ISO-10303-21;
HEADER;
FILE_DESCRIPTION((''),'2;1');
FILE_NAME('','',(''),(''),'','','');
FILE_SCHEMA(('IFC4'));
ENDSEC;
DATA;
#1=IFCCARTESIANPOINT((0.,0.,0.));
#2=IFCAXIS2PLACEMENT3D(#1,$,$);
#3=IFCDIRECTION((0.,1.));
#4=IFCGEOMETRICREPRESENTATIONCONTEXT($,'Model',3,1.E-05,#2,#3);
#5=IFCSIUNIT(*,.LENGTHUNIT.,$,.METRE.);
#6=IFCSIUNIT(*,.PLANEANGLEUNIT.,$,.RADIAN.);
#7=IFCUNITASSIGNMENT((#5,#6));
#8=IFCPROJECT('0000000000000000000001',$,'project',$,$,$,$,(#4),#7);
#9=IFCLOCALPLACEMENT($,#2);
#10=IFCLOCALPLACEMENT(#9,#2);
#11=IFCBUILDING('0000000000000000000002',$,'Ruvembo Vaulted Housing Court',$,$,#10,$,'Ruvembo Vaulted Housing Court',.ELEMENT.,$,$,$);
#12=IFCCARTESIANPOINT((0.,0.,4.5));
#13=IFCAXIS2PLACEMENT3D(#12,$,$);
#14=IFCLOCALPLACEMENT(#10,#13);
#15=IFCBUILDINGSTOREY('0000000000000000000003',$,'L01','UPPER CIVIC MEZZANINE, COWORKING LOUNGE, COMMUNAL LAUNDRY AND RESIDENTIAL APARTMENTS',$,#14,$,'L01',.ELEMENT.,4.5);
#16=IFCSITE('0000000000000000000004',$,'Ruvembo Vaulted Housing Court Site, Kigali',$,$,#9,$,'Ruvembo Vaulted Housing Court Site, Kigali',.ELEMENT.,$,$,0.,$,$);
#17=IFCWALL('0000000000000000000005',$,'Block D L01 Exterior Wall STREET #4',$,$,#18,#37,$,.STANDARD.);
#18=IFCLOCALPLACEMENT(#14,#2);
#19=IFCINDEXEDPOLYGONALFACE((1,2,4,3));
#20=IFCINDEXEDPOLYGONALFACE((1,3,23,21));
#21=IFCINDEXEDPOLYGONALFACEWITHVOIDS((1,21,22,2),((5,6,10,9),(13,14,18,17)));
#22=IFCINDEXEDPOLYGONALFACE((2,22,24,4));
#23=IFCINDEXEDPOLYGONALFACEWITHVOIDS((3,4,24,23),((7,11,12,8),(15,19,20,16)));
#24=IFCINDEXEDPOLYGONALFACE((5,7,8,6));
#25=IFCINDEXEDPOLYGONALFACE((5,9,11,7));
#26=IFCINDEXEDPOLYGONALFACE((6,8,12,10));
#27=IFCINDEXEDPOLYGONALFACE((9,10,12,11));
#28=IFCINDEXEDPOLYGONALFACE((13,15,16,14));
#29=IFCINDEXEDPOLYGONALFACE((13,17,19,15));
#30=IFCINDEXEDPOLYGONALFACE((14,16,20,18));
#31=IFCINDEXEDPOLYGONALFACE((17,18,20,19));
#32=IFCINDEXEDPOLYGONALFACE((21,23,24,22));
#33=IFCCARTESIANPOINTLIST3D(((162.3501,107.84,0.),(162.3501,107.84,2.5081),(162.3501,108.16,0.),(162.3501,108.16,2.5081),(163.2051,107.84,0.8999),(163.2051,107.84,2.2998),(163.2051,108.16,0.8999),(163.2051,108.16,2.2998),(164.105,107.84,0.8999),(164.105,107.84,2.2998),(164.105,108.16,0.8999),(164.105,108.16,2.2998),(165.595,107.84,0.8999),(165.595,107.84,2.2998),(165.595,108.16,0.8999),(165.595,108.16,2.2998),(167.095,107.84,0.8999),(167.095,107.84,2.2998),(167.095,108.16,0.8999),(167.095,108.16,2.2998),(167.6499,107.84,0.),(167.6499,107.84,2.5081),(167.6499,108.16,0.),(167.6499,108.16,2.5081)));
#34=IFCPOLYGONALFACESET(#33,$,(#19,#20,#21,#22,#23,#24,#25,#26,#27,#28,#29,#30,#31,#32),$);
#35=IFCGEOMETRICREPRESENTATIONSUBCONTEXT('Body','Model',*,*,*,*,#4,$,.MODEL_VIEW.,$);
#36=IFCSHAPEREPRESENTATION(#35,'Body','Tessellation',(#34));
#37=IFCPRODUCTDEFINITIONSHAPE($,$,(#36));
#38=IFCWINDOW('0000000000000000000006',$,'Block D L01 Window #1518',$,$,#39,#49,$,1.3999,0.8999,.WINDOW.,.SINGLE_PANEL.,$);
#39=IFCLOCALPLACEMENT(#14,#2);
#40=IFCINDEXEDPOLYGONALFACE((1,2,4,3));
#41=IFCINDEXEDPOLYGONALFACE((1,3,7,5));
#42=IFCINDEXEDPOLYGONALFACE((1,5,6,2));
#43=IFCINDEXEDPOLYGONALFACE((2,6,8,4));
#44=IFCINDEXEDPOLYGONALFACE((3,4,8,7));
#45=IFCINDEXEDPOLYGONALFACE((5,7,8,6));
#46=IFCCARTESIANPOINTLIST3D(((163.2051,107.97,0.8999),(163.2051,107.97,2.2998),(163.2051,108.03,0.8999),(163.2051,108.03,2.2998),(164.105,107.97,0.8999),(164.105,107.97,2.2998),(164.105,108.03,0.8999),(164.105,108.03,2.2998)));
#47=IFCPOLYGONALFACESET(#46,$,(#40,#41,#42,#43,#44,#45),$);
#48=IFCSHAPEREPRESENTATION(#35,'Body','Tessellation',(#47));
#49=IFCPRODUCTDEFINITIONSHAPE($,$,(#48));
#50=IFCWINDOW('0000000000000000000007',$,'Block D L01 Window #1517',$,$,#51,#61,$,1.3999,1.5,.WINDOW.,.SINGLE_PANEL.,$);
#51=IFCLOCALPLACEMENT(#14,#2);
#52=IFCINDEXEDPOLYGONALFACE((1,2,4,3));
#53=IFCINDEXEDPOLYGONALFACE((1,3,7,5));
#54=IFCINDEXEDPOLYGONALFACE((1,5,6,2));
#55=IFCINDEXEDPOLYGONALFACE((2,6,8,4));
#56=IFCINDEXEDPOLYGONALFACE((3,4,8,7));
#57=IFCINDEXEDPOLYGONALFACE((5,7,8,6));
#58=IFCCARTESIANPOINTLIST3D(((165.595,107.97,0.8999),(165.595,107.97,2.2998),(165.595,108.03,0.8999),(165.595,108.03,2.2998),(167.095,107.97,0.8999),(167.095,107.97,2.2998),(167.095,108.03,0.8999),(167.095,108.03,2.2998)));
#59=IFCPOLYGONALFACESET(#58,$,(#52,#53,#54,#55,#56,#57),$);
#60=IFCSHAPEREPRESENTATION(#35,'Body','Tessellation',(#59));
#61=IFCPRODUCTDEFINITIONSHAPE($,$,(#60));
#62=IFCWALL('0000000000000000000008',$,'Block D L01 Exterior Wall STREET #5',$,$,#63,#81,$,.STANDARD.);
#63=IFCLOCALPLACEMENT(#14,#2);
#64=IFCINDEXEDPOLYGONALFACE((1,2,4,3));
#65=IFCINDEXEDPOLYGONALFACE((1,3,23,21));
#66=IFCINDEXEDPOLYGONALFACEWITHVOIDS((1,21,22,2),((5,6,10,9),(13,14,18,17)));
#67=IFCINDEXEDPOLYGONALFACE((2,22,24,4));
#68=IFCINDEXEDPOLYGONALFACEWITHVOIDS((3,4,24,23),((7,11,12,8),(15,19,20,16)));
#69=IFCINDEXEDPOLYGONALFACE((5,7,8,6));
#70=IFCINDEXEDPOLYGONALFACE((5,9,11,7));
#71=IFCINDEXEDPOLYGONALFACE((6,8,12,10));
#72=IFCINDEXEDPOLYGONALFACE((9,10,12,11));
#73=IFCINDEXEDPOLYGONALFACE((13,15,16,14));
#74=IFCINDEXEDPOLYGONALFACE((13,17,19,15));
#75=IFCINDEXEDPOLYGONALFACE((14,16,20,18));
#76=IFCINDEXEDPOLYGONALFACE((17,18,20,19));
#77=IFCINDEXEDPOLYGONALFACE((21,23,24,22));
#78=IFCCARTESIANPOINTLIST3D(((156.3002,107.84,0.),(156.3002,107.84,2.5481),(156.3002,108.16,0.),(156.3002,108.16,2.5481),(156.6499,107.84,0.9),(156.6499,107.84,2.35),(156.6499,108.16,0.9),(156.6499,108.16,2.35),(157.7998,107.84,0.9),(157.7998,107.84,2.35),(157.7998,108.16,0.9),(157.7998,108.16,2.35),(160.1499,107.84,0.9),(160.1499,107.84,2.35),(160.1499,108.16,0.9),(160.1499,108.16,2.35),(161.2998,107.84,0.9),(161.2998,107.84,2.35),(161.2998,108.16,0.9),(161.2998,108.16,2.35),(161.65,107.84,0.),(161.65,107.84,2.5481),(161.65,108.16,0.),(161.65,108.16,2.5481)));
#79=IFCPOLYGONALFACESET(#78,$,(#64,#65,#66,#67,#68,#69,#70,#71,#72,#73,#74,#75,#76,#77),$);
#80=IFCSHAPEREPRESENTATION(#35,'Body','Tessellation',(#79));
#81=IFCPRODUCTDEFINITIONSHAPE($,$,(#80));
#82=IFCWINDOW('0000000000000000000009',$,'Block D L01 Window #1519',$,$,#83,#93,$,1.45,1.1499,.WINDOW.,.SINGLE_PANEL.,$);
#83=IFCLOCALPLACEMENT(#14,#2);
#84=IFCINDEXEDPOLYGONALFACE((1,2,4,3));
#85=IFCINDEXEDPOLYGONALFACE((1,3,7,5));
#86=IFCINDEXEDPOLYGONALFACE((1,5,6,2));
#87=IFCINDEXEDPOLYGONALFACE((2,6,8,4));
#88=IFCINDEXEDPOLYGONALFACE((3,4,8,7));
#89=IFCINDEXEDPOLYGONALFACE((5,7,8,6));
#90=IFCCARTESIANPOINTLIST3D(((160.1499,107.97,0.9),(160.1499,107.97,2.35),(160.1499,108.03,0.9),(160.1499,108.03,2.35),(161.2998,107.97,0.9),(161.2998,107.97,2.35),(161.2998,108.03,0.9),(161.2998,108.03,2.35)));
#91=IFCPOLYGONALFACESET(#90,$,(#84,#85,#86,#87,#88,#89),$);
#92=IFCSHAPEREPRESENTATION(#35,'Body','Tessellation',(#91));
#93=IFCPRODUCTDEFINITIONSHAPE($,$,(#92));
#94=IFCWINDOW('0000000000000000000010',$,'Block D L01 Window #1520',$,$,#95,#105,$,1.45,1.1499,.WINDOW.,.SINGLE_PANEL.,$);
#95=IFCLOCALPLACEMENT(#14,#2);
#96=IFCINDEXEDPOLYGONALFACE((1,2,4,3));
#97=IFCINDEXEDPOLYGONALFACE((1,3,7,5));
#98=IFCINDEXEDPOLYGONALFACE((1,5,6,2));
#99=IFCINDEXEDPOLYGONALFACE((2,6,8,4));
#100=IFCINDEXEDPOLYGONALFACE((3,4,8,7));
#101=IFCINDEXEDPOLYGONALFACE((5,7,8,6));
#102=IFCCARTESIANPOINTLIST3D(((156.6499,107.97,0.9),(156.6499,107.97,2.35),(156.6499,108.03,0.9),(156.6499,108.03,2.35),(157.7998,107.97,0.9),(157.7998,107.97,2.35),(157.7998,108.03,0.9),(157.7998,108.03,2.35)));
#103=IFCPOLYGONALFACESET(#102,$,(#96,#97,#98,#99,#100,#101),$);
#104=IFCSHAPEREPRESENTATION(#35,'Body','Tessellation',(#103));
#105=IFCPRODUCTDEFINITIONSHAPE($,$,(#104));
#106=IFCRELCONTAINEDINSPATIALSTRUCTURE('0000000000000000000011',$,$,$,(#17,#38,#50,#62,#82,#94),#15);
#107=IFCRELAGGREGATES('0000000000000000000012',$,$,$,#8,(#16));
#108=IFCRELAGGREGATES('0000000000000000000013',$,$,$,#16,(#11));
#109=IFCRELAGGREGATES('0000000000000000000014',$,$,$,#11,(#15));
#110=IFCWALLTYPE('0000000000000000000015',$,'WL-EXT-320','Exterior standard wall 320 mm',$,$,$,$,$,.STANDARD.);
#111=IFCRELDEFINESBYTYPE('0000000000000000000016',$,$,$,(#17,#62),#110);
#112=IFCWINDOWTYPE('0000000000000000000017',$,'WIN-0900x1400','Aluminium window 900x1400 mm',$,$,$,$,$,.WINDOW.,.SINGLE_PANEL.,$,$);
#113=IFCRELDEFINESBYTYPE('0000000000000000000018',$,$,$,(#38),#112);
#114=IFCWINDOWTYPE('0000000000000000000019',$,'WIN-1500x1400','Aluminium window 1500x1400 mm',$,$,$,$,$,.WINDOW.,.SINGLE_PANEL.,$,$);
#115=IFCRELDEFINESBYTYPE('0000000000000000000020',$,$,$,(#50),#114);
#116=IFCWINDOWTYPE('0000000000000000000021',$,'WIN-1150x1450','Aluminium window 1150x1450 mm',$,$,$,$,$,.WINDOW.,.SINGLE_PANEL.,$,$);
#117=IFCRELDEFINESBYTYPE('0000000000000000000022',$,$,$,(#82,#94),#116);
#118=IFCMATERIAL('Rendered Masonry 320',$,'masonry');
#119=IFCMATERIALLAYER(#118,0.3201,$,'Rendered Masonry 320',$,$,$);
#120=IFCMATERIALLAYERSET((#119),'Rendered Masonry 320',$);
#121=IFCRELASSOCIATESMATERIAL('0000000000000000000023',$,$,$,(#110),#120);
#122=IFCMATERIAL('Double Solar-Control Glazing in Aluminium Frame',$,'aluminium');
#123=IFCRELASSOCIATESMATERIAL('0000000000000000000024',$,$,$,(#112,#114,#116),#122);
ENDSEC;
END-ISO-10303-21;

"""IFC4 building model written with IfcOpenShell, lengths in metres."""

from ifc_helpers import new_model, si_unit, direction, frame, frame_2d, origin, place, context, subcontext, project, spatial, rectangle, extrude, material, layer, layer_set, type_object, element, fill, save


model = new_model("IFC4")

# Units and contexts
model_context = context("Model", 3, precision=1e-05, world=origin(), true_north=direction((0.0, 1.0)))
body_context = subcontext(model_context, "Body", "Model", "MODEL_VIEW")
ifc_project = project(units=[si_unit("LENGTHUNIT", "METRE"), si_unit("PLANEANGLEUNIT", "RADIAN")], contexts=[model_context])

# Site, building, storey
site_placement = place(None, origin())
site = spatial("IfcSite", under=ifc_project, at=site_placement, Name="Ruvembo Vaulted Housing Court Site, Kigali", LongName="Ruvembo Vaulted Housing Court Site, Kigali", CompositionType="ELEMENT", RefElevation=0.0)
building_placement = place(site_placement, origin())
building = spatial("IfcBuilding", under=site, at=building_placement, Name="Ruvembo Vaulted Housing Court", LongName="Ruvembo Vaulted Housing Court", CompositionType="ELEMENT")
storey_placement = place(building_placement, frame((0.0, 0.0, 4.5)))
storey = spatial("IfcBuildingStorey", under=building, at=storey_placement, Name="L01", Description="UPPER CIVIC MEZZANINE, COWORKING LOUNGE, COMMUNAL LAUNDRY AND RESIDENTIAL APARTMENTS", LongName="L01", CompositionType="ELEMENT", Elevation=4.5)

# Walls, openings, windows
ifc_material_1 = material(Name="Rendered Masonry 320", Category="masonry")
ifc_layer = layer(ifc_material_1, 0.3201, Name="Rendered Masonry 320")
ifc_layer_set = layer_set([ifc_layer], Name="Rendered Masonry 320")
wall_type = type_object("IfcWallType", Name="WL-EXT-320", Description="Exterior standard wall 320 mm", PredefinedType="STANDARD", material=ifc_layer_set)
wall_1_placement = place(storey_placement, frame((167.6499, 108.0, 0.0), z_axis=(0.0, 0.0, 1.0), x_axis=(-1.0, 0.0, 0.0)))
wall_1 = element("IfcWall", 1, at=wall_1_placement, inside=storey, type_object=wall_type, Name="Block D L01 Exterior Wall STREET #4", PredefinedType="STANDARD", context=body_context, shape_type="SweptSolid", body=[
    extrude(rectangle(XDim=5.2998, YDim=0.3201, at=frame_2d((2.6499, 0.0))), origin(), (0.0, 0.0, 1.0), 2.5081),
])
opening_1_placement = place(wall_1_placement, frame((0.5549, 0.0, 0.8999)))
opening_1 = element("IfcOpeningElement", 2, at=opening_1_placement, cuts=wall_1, PredefinedType="OPENING", context=body_context, shape_type="SweptSolid", body=[
    extrude(rectangle(XDim=1.5, YDim=1.3999, at=frame_2d((0.75, 0.7))), frame((0.0, 0.1699, 0.0), z_axis=(0.0, -1.0, 0.0), x_axis=(1.0, 0.0, 0.0)), (0.0, 0.0, 1.0), 0.3401),
])
opening_2_placement = place(wall_1_placement, frame((3.5449, 0.0, 0.8999)))
opening_2 = element("IfcOpeningElement", 3, at=opening_2_placement, cuts=wall_1, PredefinedType="OPENING", context=body_context, shape_type="SweptSolid", body=[
    extrude(rectangle(XDim=0.8999, YDim=1.3999, at=frame_2d((0.45, 0.7))), frame((0.0, 0.1699, 0.0), z_axis=(0.0, -1.0, 0.0), x_axis=(1.0, 0.0, 0.0)), (0.0, 0.0, 1.0), 0.3401),
])
ifc_material_2 = material(Name="Double Solar-Control Glazing in Aluminium Frame", Category="aluminium")
window_type_1 = type_object("IfcWindowType", Name="WIN-0900x1400", Description="Aluminium window 900x1400 mm", PartitioningType="SINGLE_PANEL", PredefinedType="WINDOW", material=ifc_material_2)
window_1_placement = place(opening_2_placement, origin())
window_1 = element("IfcWindow", 4, at=window_1_placement, inside=storey, type_object=window_type_1, Name="Block D L01 Window #1518", OverallHeight=1.3999, OverallWidth=0.8999, PartitioningType="SINGLE_PANEL", PredefinedType="WINDOW", context=body_context, shape_type="SweptSolid", body=[
    extrude(rectangle(XDim=0.8999, YDim=1.3999, at=frame_2d((0.45, 0.7))), frame((0.0, 0.03, 0.0), z_axis=(0.0, -1.0, 0.0), x_axis=(1.0, 0.0, 0.0)), (0.0, 0.0, 1.0), 0.0601),
])
fill(opening_2, window_1)
window_type_2 = type_object("IfcWindowType", Name="WIN-1500x1400", Description="Aluminium window 1500x1400 mm", PartitioningType="SINGLE_PANEL", PredefinedType="WINDOW", material=ifc_material_2)
window_2_placement = place(opening_1_placement, origin())
window_2 = element("IfcWindow", 5, at=window_2_placement, inside=storey, type_object=window_type_2, Name="Block D L01 Window #1517", OverallHeight=1.3999, OverallWidth=1.5, PartitioningType="SINGLE_PANEL", PredefinedType="WINDOW", context=body_context, shape_type="SweptSolid", body=[
    extrude(rectangle(XDim=1.5, YDim=1.3999, at=frame_2d((0.75, 0.7))), frame((0.0, 0.03, 0.0), z_axis=(0.0, -1.0, 0.0), x_axis=(1.0, 0.0, 0.0)), (0.0, 0.0, 1.0), 0.0601),
])
fill(opening_1, window_2)
wall_2_placement = place(storey_placement, frame((161.6499, 108.0, 0.0), z_axis=(0.0, 0.0, 1.0), x_axis=(-1.0, 0.0, 0.0)))
wall_2 = element("IfcWall", 6, at=wall_2_placement, inside=storey, type_object=wall_type, Name="Block D L01 Exterior Wall STREET #5", PredefinedType="STANDARD", context=body_context, shape_type="SweptSolid", body=[
    extrude(rectangle(XDim=5.3499, YDim=0.3201, at=frame_2d((2.6748, 0.0))), origin(), (0.0, 0.0, 1.0), 2.5481),
])
opening_3_placement = place(wall_2_placement, frame((0.3501, 0.0, 0.8999)))
opening_3 = element("IfcOpeningElement", 7, at=opening_3_placement, cuts=wall_2, PredefinedType="OPENING", context=body_context, shape_type="SweptSolid", body=[
    extrude(rectangle(XDim=1.1499, YDim=1.45, at=frame_2d((0.575, 0.7251))), frame((0.0, 0.1699, 0.0), z_axis=(0.0, -1.0, 0.0), x_axis=(1.0, 0.0, 0.0)), (0.0, 0.0, 1.0), 0.3401),
])
opening_4_placement = place(wall_2_placement, frame((3.8501, 0.0, 0.8999)))
opening_4 = element("IfcOpeningElement", 8, at=opening_4_placement, cuts=wall_2, PredefinedType="OPENING", context=body_context, shape_type="SweptSolid", body=[
    extrude(rectangle(XDim=1.1499, YDim=1.45, at=frame_2d((0.575, 0.7251))), frame((0.0, 0.1699, 0.0), z_axis=(0.0, -1.0, 0.0), x_axis=(1.0, 0.0, 0.0)), (0.0, 0.0, 1.0), 0.3401),
])
window_type_3 = type_object("IfcWindowType", Name="WIN-1150x1450", Description="Aluminium window 1150x1450 mm", PartitioningType="SINGLE_PANEL", PredefinedType="WINDOW", material=ifc_material_2)
window_3_placement = place(opening_3_placement, origin())
window_3 = element("IfcWindow", 9, at=window_3_placement, inside=storey, type_object=window_type_3, Name="Block D L01 Window #1519", OverallHeight=1.45, OverallWidth=1.1499, PartitioningType="SINGLE_PANEL", PredefinedType="WINDOW", context=body_context, shape_type="SweptSolid", body=[
    extrude(rectangle(XDim=1.1499, YDim=1.45, at=frame_2d((0.575, 0.7251))), frame((0.0, 0.03, 0.0), z_axis=(0.0, -1.0, 0.0), x_axis=(1.0, 0.0, 0.0)), (0.0, 0.0, 1.0), 0.0601),
])
fill(opening_3, window_3)
window_4_placement = place(opening_4_placement, origin())
window_4 = element("IfcWindow", 10, at=window_4_placement, inside=storey, type_object=window_type_3, Name="Block D L01 Window #1520", OverallHeight=1.45, OverallWidth=1.1499, PartitioningType="SINGLE_PANEL", PredefinedType="WINDOW", context=body_context, shape_type="SweptSolid", body=[
    extrude(rectangle(XDim=1.1499, YDim=1.45, at=frame_2d((0.575, 0.7251))), frame((0.0, 0.03, 0.0), z_axis=(0.0, -1.0, 0.0), x_axis=(1.0, 0.0, 0.0)), (0.0, 0.0, 1.0), 0.0601),
])
fill(opening_4, window_4)

save(model, "model.ifc")
